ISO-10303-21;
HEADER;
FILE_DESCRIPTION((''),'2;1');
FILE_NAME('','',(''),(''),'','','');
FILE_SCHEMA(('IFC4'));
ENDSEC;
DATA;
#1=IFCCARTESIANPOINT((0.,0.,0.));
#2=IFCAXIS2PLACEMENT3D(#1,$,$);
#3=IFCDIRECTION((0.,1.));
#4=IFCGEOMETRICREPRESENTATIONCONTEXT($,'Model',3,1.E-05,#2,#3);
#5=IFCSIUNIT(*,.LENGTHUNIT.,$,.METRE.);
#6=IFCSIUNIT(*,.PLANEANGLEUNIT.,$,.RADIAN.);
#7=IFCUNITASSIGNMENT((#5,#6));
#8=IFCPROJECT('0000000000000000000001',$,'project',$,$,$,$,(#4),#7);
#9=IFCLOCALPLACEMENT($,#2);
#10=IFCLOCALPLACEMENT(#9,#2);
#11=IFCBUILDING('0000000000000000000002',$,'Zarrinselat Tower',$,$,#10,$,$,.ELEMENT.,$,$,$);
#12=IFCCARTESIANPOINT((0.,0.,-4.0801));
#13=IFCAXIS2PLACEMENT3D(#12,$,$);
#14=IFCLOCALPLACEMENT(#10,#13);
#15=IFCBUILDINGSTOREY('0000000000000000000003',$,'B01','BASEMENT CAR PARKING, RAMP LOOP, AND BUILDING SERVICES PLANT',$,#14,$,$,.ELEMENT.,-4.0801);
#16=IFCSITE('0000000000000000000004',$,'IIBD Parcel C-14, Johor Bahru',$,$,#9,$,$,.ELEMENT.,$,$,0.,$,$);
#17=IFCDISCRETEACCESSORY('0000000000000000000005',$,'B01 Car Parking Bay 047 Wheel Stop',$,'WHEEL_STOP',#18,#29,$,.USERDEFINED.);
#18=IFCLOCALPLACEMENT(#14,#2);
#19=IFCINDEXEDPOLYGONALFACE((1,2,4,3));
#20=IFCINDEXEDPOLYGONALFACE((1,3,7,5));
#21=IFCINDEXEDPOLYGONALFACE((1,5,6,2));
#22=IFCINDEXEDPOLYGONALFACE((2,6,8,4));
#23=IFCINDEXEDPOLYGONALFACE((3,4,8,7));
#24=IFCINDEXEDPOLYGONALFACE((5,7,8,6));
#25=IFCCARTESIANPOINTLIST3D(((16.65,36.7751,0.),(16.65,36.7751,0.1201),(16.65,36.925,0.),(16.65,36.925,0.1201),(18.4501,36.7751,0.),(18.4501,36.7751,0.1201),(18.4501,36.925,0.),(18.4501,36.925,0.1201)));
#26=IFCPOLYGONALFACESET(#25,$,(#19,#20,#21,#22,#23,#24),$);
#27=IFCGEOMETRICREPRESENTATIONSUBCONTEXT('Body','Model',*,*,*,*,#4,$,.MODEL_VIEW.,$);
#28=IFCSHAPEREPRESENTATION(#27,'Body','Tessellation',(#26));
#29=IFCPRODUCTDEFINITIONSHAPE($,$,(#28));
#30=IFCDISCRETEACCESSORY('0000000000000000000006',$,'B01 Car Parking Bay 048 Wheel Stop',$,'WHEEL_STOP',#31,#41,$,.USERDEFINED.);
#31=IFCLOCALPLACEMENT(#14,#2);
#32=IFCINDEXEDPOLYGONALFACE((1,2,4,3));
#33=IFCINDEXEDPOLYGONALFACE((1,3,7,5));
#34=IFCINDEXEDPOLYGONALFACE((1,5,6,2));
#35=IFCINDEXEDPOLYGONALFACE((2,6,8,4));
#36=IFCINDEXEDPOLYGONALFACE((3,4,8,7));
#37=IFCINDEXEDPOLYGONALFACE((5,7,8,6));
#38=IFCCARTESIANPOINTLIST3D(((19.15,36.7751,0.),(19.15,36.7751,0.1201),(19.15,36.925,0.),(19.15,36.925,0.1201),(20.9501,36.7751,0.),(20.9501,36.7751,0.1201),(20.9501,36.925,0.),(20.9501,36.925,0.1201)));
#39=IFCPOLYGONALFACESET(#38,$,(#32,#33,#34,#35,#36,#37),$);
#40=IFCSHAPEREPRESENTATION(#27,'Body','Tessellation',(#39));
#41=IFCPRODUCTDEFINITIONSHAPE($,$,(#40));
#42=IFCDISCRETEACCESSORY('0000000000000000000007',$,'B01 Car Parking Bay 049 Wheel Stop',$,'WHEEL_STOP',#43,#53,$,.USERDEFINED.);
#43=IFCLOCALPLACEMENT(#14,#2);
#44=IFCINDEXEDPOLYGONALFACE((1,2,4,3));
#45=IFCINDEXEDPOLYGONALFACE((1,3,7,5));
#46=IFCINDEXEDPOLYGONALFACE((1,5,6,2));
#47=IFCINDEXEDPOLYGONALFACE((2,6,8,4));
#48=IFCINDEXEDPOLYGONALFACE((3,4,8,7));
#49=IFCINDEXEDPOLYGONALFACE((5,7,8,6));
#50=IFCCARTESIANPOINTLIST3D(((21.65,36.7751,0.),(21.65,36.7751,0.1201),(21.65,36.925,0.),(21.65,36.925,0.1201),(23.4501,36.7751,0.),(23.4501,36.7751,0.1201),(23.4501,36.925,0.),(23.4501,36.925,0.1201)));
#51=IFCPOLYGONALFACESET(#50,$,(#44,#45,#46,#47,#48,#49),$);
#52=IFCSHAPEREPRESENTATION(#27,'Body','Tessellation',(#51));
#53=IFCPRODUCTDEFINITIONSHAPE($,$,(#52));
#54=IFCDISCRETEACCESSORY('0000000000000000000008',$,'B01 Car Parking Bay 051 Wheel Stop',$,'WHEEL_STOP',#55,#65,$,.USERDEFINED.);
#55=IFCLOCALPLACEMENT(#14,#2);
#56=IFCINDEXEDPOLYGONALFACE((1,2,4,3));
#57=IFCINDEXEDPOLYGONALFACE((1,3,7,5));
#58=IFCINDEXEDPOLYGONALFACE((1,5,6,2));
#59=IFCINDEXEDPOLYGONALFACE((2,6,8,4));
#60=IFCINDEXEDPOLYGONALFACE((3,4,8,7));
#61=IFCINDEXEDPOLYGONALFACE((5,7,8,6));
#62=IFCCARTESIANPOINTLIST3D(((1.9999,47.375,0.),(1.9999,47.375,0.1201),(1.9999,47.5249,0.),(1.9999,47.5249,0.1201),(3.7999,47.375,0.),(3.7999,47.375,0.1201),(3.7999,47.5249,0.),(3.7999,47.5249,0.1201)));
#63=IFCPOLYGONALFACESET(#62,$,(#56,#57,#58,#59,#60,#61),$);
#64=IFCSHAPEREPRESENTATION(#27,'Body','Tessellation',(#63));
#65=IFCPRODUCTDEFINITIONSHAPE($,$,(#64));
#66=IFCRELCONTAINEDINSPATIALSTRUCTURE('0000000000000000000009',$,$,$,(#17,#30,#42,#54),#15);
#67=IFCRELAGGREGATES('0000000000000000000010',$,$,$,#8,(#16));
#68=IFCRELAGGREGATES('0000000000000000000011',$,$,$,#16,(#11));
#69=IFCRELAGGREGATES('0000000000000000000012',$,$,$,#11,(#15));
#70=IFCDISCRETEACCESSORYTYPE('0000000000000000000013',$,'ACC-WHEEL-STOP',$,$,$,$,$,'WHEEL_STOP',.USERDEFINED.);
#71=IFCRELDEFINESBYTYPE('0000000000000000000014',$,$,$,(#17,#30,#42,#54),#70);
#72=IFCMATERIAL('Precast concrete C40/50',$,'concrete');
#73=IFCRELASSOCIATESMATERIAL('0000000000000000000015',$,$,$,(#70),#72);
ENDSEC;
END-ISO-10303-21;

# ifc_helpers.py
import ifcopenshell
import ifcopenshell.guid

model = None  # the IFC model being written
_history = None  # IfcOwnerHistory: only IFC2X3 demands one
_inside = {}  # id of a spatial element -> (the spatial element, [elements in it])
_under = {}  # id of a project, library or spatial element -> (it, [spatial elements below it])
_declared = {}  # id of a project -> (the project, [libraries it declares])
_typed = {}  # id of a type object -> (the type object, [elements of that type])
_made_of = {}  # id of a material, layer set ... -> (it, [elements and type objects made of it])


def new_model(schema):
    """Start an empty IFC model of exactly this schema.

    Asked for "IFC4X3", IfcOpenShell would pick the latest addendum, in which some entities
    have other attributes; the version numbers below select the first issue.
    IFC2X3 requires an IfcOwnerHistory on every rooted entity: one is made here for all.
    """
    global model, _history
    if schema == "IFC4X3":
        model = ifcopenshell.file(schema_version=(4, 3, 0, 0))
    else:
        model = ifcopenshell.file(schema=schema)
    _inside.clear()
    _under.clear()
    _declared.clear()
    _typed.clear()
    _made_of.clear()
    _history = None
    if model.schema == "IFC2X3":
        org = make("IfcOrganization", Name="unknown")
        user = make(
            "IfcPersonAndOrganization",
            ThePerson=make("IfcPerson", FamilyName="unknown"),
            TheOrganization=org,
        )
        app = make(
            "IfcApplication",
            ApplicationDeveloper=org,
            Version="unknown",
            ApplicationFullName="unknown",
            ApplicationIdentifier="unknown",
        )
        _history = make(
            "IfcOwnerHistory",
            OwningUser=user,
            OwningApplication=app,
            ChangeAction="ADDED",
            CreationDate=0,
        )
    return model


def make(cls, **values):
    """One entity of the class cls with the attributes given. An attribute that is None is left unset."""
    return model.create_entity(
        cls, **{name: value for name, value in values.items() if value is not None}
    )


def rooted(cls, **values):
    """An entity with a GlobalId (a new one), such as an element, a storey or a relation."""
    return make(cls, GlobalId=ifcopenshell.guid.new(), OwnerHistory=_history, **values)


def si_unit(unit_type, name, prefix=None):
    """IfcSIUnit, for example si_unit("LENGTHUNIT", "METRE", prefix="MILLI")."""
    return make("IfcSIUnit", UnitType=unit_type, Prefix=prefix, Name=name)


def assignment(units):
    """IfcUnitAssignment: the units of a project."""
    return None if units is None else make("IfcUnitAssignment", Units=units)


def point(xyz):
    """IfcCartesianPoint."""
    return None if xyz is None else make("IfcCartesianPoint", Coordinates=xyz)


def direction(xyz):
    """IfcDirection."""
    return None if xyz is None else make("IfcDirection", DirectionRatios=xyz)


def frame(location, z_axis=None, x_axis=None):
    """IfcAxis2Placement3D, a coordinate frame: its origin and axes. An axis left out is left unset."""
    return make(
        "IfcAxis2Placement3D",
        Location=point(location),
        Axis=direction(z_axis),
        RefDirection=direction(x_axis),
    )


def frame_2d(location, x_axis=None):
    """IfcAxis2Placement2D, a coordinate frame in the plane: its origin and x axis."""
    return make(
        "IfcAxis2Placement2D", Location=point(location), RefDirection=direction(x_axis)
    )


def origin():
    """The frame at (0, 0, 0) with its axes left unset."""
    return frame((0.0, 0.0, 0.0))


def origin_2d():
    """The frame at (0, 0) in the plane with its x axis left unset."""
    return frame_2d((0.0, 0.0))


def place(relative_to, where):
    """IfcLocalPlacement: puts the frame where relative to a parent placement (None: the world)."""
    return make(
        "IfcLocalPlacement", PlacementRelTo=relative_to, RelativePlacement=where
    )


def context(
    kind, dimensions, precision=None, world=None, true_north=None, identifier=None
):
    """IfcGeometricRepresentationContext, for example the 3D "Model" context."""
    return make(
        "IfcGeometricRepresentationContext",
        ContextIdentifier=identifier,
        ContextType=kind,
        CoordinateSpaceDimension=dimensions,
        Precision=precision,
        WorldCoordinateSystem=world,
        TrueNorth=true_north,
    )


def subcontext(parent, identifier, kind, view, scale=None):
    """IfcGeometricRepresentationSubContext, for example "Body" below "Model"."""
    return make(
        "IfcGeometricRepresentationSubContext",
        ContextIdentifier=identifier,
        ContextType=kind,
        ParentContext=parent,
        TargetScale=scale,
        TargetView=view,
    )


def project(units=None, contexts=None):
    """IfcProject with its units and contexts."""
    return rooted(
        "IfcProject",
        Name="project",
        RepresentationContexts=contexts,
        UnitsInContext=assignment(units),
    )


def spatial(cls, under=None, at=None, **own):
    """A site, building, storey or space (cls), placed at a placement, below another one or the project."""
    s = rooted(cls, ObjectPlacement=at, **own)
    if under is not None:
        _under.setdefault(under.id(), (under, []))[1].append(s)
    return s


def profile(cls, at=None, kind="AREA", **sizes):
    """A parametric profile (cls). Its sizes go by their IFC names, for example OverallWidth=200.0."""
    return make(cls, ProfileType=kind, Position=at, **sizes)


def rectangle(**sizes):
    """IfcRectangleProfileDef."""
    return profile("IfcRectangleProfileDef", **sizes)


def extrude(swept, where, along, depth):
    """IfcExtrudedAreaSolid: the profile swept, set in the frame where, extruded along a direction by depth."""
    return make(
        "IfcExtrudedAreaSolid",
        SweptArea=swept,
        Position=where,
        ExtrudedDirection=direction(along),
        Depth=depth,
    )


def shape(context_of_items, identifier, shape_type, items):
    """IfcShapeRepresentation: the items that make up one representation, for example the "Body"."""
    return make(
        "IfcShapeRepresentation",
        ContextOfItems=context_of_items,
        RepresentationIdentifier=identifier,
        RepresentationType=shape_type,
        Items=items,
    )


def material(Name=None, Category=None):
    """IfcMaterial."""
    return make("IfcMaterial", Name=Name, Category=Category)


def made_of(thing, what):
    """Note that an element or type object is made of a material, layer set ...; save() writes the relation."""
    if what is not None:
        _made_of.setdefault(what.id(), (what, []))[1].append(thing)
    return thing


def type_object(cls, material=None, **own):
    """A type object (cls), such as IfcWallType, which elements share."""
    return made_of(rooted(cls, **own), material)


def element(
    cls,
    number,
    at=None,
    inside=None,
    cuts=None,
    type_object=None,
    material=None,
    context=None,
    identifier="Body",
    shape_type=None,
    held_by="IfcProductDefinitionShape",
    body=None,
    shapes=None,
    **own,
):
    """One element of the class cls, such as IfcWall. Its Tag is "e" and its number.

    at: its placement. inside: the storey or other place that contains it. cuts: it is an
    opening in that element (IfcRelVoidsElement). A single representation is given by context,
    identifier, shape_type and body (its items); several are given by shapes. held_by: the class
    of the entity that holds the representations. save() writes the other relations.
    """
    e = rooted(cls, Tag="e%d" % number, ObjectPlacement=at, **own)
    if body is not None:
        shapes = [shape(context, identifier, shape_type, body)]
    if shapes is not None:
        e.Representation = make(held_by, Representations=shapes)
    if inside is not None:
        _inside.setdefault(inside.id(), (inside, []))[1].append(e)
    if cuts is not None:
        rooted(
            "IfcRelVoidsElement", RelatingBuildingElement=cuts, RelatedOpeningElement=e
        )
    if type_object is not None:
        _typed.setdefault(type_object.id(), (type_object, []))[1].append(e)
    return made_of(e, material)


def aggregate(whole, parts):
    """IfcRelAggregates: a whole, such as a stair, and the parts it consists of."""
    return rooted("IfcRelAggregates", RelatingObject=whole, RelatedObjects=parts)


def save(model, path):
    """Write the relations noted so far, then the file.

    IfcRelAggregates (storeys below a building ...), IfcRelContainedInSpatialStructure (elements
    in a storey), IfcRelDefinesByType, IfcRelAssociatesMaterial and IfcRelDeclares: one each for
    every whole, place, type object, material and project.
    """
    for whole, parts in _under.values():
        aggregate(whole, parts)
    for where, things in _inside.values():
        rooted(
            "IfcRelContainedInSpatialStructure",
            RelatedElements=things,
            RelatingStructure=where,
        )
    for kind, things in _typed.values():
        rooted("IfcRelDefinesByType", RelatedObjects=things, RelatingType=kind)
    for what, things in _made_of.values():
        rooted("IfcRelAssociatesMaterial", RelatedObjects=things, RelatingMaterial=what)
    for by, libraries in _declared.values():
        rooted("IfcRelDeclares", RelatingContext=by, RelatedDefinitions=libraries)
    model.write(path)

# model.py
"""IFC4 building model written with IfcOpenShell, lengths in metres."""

from ifc_helpers import new_model, si_unit, direction, frame, origin, origin_2d, place, context, subcontext, project, spatial, rectangle, extrude, material, type_object, element, save


model = new_model("IFC4")

# Units and contexts
model_context = context("Model", 3, precision=1e-05, world=origin(), true_north=direction((0.0, 1.0)))
body_context = subcontext(model_context, "Body", "Model", "MODEL_VIEW")
ifc_project = project(units=[si_unit("LENGTHUNIT", "METRE"), si_unit("PLANEANGLEUNIT", "RADIAN")], contexts=[model_context])

# Site, building, storey
site_placement = place(None, origin())
site = spatial("IfcSite", under=ifc_project, at=site_placement, Name="IIBD Parcel C-14, Johor Bahru", CompositionType="ELEMENT", RefElevation=0.0)
building_placement = place(site_placement, origin())
building = spatial("IfcBuilding", under=site, at=building_placement, Name="Zarrinselat Tower", CompositionType="ELEMENT")
storey_placement = place(building_placement, frame((0.0, 0.0, -4.0801)))
storey = spatial("IfcBuildingStorey", under=building, at=storey_placement, Name="B01", Description="BASEMENT CAR PARKING, RAMP LOOP, AND BUILDING SERVICES PLANT", CompositionType="ELEMENT", Elevation=-4.0801)

# Discrete accessories
ifc_material_1 = material(Name="Precast concrete C40/50", Category="concrete")
discrete_accessory_type = type_object("IfcDiscreteAccessoryType", Name="ACC-WHEEL-STOP", ElementType="WHEEL_STOP", PredefinedType="USERDEFINED", material=ifc_material_1)
for number, where, z_axis, x_axis, name in (
    (1, (17.55, 36.8501, 0.0), (0.0, 0.0, 1.0), (1.0, 0.0, 0.0), "B01 Car Parking Bay 047 Wheel Stop"),
    (2, (20.05, 36.8501, 0.0), (0.0, 0.0, 1.0), (1.0, 0.0, 0.0), "B01 Car Parking Bay 048 Wheel Stop"),
    (3, (22.55, 36.8501, 0.0), (0.0, 0.0, 1.0), (1.0, 0.0, 0.0), "B01 Car Parking Bay 049 Wheel Stop"),
    (4, (2.8999, 47.45, 0.0), (0.0, 0.0, 1.0), (1.0, 0.0, 0.0), "B01 Car Parking Bay 051 Wheel Stop"),
):
    element("IfcDiscreteAccessory", number, at=place(storey_placement, frame(where, z_axis=z_axis, x_axis=x_axis)), inside=storey, type_object=discrete_accessory_type, Name=name, ObjectType="WHEEL_STOP", PredefinedType="USERDEFINED", context=body_context, shape_type="SweptSolid", body=[
        extrude(rectangle(XDim=1.8, YDim=0.1499, at=origin_2d()), origin(), (0.0, 0.0, 1.0), 0.1201),
    ])

save(model, "model.ifc")
